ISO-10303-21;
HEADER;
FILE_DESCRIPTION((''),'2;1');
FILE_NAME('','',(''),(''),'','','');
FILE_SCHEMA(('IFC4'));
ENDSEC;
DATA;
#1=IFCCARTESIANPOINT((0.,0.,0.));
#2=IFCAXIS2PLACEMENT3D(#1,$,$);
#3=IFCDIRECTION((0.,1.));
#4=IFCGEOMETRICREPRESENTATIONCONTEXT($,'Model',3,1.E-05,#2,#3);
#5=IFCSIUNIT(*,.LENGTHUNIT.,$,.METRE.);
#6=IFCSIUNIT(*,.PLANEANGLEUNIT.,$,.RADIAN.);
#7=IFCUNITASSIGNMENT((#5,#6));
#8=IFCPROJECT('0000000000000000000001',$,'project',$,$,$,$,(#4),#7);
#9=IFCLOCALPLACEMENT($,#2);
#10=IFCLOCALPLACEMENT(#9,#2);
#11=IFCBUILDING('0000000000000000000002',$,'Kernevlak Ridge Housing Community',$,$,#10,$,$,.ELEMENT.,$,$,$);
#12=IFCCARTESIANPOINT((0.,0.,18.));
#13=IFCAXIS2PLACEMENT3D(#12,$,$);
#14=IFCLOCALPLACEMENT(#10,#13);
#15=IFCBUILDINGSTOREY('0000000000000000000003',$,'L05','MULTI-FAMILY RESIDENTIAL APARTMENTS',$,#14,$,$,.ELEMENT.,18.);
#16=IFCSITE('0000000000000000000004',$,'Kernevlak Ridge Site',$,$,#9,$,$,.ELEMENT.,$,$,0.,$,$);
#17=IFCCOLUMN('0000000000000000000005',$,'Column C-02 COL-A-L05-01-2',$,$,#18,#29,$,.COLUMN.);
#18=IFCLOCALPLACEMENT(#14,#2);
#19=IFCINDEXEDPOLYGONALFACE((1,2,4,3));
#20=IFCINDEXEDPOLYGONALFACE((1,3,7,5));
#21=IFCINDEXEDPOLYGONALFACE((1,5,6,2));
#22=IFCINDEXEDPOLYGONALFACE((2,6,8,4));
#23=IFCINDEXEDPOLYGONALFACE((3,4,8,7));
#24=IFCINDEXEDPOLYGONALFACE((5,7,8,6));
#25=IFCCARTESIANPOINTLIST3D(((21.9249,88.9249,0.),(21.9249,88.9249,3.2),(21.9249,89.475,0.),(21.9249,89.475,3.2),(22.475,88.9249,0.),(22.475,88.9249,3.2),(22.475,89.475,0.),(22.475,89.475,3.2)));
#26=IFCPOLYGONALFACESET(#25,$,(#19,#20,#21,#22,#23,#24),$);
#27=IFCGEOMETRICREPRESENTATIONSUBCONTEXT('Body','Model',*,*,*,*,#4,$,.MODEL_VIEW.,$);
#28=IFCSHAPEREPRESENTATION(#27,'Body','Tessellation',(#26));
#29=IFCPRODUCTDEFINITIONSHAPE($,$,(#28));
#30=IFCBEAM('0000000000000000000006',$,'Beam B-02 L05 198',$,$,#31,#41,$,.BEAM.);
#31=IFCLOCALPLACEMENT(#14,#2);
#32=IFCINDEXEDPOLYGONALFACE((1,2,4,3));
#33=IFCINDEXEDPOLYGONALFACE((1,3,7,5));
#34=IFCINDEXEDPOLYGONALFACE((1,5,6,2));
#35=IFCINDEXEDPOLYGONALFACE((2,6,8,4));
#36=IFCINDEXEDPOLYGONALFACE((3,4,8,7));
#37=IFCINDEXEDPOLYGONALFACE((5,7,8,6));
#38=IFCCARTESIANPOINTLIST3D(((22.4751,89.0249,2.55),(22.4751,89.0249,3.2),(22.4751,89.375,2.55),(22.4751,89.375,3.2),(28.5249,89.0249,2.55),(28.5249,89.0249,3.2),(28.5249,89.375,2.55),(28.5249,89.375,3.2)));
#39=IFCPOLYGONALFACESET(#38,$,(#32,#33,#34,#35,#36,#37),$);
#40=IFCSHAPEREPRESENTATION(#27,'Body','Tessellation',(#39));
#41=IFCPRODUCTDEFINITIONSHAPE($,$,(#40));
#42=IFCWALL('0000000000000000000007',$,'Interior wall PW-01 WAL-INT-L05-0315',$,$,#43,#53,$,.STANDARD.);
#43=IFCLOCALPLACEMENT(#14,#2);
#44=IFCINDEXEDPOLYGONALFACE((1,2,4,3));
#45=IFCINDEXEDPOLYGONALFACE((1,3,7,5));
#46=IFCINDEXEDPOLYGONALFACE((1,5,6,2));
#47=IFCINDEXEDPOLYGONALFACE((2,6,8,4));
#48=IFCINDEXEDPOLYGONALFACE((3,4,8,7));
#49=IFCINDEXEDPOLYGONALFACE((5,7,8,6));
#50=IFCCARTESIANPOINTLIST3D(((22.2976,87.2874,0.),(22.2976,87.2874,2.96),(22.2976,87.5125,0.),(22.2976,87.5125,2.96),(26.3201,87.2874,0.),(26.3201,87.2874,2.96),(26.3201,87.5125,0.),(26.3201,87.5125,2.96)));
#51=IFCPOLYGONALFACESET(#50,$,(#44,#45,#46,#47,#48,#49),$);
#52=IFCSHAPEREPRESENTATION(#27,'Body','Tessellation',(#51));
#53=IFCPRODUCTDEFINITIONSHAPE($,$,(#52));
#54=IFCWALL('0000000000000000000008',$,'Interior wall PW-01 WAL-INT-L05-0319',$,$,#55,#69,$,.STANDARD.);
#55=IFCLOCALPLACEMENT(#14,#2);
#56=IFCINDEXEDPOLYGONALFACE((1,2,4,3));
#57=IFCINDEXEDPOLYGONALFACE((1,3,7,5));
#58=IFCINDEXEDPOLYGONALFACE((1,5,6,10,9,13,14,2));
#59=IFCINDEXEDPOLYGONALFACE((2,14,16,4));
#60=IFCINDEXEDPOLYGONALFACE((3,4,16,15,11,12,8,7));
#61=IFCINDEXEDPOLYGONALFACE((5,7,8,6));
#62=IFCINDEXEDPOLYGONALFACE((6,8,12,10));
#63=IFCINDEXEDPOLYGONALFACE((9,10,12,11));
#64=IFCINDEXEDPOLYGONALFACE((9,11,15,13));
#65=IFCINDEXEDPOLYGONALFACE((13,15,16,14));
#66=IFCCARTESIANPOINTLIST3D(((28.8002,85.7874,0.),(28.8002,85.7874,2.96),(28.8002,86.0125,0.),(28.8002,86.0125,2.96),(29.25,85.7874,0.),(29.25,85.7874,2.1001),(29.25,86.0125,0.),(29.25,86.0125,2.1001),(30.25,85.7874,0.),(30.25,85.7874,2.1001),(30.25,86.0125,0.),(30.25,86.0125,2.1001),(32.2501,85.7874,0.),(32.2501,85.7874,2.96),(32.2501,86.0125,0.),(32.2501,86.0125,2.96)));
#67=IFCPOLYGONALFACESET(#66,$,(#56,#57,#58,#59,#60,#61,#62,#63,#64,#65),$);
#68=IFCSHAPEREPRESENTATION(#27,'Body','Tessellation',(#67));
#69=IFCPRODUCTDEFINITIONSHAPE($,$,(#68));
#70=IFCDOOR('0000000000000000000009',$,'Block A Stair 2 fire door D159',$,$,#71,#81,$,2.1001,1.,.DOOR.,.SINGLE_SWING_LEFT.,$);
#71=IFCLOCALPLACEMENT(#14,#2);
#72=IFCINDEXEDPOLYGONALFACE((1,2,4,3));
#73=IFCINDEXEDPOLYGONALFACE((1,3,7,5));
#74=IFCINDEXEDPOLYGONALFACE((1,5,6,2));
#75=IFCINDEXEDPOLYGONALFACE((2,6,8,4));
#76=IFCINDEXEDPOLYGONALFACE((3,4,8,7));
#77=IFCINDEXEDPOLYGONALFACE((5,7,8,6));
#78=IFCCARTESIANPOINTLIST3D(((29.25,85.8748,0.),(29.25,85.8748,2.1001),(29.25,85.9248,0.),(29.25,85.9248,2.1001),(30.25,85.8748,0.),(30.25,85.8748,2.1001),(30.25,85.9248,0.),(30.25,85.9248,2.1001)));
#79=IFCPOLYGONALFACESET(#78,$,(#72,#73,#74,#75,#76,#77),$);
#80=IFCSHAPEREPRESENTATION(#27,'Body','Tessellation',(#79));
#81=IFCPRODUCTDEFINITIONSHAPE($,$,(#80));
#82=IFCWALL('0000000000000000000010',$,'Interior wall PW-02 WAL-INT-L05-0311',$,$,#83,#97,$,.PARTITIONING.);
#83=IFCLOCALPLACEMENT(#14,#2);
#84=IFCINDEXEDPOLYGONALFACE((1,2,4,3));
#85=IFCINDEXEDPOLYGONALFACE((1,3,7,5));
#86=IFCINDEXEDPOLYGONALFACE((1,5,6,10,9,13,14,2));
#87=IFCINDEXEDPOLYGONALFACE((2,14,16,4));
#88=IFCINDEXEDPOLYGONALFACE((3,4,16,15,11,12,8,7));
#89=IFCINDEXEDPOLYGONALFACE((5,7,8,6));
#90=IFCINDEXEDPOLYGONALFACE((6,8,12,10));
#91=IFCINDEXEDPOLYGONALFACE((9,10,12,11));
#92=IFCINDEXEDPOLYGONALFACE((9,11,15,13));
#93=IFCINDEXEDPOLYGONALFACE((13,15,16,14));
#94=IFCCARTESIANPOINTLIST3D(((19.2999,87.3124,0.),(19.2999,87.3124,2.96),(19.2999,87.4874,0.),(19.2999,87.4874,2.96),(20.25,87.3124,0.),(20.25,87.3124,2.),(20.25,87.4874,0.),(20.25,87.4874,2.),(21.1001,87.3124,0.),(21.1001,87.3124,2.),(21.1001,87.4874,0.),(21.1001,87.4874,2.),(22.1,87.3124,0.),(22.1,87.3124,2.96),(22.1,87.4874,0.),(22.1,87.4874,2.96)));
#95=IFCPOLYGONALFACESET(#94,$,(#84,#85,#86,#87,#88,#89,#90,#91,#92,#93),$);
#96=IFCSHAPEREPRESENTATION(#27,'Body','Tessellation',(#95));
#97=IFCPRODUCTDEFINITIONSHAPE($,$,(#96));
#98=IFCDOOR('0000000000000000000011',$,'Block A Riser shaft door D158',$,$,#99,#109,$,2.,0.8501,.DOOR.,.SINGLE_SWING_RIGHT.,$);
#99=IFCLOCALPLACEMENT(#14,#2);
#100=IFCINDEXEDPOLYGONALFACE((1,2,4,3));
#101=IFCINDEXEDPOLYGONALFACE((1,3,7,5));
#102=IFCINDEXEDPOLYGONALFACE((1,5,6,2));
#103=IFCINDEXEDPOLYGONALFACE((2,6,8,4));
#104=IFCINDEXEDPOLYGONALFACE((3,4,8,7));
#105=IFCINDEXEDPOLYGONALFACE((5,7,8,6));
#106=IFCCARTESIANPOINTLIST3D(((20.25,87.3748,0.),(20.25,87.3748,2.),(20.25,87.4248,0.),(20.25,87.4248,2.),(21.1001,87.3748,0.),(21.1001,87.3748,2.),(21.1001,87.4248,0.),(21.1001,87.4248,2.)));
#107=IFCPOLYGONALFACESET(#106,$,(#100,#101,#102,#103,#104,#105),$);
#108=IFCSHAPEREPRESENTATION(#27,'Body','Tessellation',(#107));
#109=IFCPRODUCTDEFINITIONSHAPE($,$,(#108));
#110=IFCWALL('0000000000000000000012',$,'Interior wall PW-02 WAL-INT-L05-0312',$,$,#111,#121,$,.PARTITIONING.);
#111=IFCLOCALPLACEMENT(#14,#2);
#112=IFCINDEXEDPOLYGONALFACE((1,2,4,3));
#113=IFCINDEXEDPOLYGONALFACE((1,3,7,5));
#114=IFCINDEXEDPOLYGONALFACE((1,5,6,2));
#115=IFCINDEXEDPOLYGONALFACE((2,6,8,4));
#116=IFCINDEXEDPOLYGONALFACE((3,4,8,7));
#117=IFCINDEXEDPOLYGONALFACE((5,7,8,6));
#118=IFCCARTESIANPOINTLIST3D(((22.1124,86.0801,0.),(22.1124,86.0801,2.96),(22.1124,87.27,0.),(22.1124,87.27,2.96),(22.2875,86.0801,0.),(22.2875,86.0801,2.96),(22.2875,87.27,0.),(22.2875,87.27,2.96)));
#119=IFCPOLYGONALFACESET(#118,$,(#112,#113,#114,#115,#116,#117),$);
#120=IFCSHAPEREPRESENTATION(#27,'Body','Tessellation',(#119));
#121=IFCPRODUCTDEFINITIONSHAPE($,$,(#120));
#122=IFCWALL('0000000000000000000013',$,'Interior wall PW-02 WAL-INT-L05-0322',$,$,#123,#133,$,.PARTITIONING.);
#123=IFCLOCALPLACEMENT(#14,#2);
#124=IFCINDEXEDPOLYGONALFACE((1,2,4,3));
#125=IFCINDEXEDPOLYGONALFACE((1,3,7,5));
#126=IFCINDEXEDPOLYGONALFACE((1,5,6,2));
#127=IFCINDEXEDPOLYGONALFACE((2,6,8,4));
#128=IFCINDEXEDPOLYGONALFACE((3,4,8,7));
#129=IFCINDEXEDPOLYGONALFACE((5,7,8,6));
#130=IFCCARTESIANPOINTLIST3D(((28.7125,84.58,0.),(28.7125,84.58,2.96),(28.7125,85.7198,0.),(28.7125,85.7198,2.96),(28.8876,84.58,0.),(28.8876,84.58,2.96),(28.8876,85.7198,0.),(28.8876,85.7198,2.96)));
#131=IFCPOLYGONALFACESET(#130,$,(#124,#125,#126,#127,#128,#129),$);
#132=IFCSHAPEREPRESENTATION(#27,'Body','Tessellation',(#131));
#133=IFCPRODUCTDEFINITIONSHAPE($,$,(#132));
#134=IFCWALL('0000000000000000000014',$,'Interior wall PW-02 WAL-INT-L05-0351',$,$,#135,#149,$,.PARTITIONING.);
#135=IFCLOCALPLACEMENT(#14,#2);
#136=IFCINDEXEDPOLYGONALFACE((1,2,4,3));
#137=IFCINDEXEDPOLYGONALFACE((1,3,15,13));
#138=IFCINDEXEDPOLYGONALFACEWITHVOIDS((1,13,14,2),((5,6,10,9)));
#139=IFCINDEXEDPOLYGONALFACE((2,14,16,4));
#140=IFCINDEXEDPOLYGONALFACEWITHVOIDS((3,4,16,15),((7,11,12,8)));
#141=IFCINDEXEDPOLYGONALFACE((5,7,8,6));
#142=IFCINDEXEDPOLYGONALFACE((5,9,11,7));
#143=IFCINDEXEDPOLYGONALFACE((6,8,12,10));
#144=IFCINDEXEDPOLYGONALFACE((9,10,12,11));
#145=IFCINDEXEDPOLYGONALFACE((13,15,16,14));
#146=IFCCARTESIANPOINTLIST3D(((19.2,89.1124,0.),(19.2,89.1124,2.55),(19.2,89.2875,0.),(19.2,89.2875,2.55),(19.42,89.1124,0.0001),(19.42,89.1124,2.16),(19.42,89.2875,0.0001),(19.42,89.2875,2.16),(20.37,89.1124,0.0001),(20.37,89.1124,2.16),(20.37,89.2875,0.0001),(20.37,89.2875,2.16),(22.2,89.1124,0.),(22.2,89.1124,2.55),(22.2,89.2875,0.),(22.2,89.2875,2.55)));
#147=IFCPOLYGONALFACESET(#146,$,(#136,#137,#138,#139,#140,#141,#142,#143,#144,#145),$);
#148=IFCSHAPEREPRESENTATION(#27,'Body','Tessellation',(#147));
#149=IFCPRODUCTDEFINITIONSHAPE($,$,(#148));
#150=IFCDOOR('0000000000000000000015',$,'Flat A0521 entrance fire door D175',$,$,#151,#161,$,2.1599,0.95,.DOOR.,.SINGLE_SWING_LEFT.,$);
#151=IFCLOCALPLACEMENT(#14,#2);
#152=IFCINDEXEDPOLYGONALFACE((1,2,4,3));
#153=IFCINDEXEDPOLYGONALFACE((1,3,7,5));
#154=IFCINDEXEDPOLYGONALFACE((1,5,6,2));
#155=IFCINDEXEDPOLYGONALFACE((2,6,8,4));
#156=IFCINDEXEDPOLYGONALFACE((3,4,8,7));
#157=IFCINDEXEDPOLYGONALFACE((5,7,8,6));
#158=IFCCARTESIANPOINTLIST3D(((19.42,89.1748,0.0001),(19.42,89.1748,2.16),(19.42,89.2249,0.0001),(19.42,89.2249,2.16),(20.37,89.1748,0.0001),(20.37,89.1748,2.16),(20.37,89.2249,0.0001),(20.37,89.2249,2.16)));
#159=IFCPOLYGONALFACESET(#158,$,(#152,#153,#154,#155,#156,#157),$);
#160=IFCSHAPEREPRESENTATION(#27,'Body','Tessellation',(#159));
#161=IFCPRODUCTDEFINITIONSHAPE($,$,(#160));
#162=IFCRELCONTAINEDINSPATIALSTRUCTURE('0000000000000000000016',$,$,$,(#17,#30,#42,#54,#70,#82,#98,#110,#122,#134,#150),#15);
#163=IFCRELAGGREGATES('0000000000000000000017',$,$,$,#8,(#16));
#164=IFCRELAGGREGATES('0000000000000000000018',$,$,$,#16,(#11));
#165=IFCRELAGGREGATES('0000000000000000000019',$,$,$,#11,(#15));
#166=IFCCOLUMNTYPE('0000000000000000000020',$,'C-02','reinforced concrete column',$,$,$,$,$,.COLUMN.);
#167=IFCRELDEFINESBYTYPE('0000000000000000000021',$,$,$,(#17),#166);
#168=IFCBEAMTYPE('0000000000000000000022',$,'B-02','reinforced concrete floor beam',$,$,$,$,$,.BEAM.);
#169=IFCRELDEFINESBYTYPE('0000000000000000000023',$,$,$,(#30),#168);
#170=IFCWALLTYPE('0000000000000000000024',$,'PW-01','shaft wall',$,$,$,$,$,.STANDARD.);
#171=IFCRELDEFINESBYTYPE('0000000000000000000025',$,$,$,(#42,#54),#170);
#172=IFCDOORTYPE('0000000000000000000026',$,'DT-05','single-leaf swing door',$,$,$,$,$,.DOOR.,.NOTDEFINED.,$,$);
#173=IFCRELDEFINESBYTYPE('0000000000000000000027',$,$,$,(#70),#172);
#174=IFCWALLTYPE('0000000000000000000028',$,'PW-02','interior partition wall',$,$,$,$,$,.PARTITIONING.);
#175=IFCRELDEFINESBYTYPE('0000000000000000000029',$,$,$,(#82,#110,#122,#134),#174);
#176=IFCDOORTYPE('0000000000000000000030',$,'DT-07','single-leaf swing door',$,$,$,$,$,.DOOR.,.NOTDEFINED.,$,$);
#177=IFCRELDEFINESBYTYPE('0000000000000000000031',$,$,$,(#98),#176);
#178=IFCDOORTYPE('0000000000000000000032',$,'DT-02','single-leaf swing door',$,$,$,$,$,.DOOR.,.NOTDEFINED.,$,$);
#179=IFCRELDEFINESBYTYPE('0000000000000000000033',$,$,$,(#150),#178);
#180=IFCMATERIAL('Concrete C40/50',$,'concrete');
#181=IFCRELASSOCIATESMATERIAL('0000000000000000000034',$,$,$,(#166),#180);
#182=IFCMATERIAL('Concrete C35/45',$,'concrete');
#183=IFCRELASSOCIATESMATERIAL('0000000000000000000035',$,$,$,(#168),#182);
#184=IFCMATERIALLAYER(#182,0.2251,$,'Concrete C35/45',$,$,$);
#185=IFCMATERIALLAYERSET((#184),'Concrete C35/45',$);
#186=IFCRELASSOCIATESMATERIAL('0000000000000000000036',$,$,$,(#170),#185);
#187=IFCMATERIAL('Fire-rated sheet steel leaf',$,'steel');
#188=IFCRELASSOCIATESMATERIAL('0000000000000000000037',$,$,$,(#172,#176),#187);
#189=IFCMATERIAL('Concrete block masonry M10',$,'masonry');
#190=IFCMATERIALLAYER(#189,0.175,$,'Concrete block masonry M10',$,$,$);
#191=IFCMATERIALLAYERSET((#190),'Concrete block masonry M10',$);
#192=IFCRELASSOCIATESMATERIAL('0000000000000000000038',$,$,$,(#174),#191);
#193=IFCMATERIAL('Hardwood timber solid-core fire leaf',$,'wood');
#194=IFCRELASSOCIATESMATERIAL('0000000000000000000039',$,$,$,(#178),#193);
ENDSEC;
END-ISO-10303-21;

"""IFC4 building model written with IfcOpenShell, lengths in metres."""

from ifc_helpers import new_model, si_unit, direction, frame, frame_2d, origin, origin_2d, place, context, subcontext, project, spatial, rectangle, extrude, material, layer, layer_set, material_profile, profile_set, type_object, element, fill, save


model = new_model("IFC4")

# Units and contexts
model_context = context("Model", 3, precision=1e-05, world=origin(), true_north=direction((0.0, 1.0)))
body_context = subcontext(model_context, "Body", "Model", "MODEL_VIEW")
ifc_project = project(units=[si_unit("LENGTHUNIT", "METRE"), si_unit("PLANEANGLEUNIT", "RADIAN")], contexts=[model_context])

# Site, building, storey
site_placement = place(None, origin())
site = spatial("IfcSite", under=ifc_project, at=site_placement, Name="Kernevlak Ridge Site", CompositionType="ELEMENT", RefElevation=0.0)
building_placement = place(site_placement, origin())
building = spatial("IfcBuilding", under=site, at=building_placement, Name="Kernevlak Ridge Housing Community", CompositionType="ELEMENT")
storey_placement = place(building_placement, frame((0.0, 0.0, 18.0)))
storey = spatial("IfcBuildingStorey", under=building, at=storey_placement, Name="L05", Description="MULTI-FAMILY RESIDENTIAL APARTMENTS", CompositionType="ELEMENT", Elevation=18.0)

# Column
ifc_material_1 = material(Name="Concrete C40/50", Category="concrete")
ifc_material_profile_1 = material_profile(ifc_material_1, rectangle(XDim=0.55, YDim=0.55, at=origin_2d()), Name="RC 550x550")
ifc_profile_set_1 = profile_set([ifc_material_profile_1], Name="Concrete C40/50")
column_type = type_object("IfcColumnType", Name="C-02", Description="reinforced concrete column", PredefinedType="COLUMN", material=ifc_profile_set_1)
column_placement = place(storey_placement, frame((22.2, 89.2, 0.0), z_axis=(0.0, 0.0, 1.0), x_axis=(1.0, 0.0, 0.0)))
element("IfcColumn", 1, at=column_placement, inside=storey, type_object=column_type, Name="Column C-02 COL-A-L05-01-2", PredefinedType="COLUMN", context=body_context, shape_type="SweptSolid", body=[
    extrude(rectangle(XDim=0.55, YDim=0.55, at=origin_2d()), origin(), (0.0, 0.0, 1.0), 3.2),
])

# Beam
ifc_material_2 = material(Name="Concrete C35/45", Category="concrete")
ifc_material_profile_2 = material_profile(ifc_material_2, rectangle(XDim=0.3501, YDim=0.6499, at=origin_2d()), Name="RC 350x650")
ifc_profile_set_2 = profile_set([ifc_material_profile_2], Name="Concrete C35/45")
beam_type = type_object("IfcBeamType", Name="B-02", Description="reinforced concrete floor beam", PredefinedType="BEAM", material=ifc_profile_set_2)
beam_placement = place(storey_placement, frame((22.4751, 89.2, 2.875), z_axis=(1.0, 0.0, 0.0), x_axis=(0.0, 1.0, 0.0)))
element("IfcBeam", 2, at=beam_placement, inside=storey, type_object=beam_type, Name="Beam B-02 L05 198", PredefinedType="BEAM", context=body_context, shape_type="SweptSolid", body=[
    extrude(rectangle(XDim=0.3501, YDim=0.6499, at=origin_2d()), origin(), (0.0, 0.0, 1.0), 6.0498),
])

# Wall
ifc_layer_1 = layer(ifc_material_2, 0.2251, Name="Concrete C35/45")
ifc_layer_set_1 = layer_set([ifc_layer_1], Name="Concrete C35/45")
wall_type_1 = type_object("IfcWallType", Name="PW-01", Description="shaft wall", PredefinedType="STANDARD", material=ifc_layer_set_1)
wall_1_placement = place(storey_placement, frame((22.2976, 87.3999, 0.0), z_axis=(0.0, 0.0, 1.0), x_axis=(1.0, 0.0, 0.0)))
element("IfcWall", 3, at=wall_1_placement, inside=storey, type_object=wall_type_1, Name="Interior wall PW-01 WAL-INT-L05-0315", PredefinedType="STANDARD", context=body_context, shape_type="SweptSolid", body=[
    extrude(rectangle(XDim=4.0225, YDim=0.2251, at=frame_2d((2.0112, 0.0))), origin(), (0.0, 0.0, 1.0), 2.96),
])

# Walls, openings, doors
wall_2_placement = place(storey_placement, frame((28.8, 85.8999, 0.0), z_axis=(0.0, 0.0, 1.0), x_axis=(1.0, 0.0, 0.0)))
wall_2 = element("IfcWall", 4, at=wall_2_placement, inside=storey, type_object=wall_type_1, Name="Interior wall PW-01 WAL-INT-L05-0319", PredefinedType="STANDARD", context=body_context, shape_type="SweptSolid", body=[
    extrude(rectangle(XDim=3.45, YDim=0.2251, at=frame_2d((1.7251, 0.0))), origin(), (0.0, 0.0, 1.0), 2.96),
])
opening_1_placement = place(wall_2_placement, frame((0.45, 0.0, 0.0)))
opening_1 = element("IfcOpeningElement", 5, at=opening_1_placement, cuts=wall_2, PredefinedType="OPENING", context=body_context, shape_type="SweptSolid", body=[
    extrude(rectangle(XDim=1.0, YDim=2.1001, at=frame_2d((0.5, 1.05))), frame((0.0, 0.1226, 0.0), z_axis=(0.0, -1.0, 0.0), x_axis=(1.0, 0.0, 0.0)), (0.0, 0.0, 1.0), 0.2451),
])
ifc_material_3 = material(Name="Fire-rated sheet steel leaf", Category="steel")
door_type_1 = type_object("IfcDoorType", Name="DT-05", Description="single-leaf swing door", OperationType="NOTDEFINED", PredefinedType="DOOR", material=ifc_material_3)
door_1_placement = place(opening_1_placement, origin())
door_1 = element("IfcDoor", 6, at=door_1_placement, inside=storey, type_object=door_type_1, Name="Block A Stair 2 fire door D159", OperationType="SINGLE_SWING_LEFT", OverallHeight=2.1001, OverallWidth=1.0, PredefinedType="DOOR", context=body_context, shape_type="SweptSolid", body=[
    extrude(rectangle(XDim=1.0, YDim=2.1001, at=frame_2d((0.5, 1.05))), frame((0.0, 0.0249, 0.0), z_axis=(0.0, -1.0, 0.0), x_axis=(1.0, 0.0, 0.0)), (0.0, 0.0, 1.0), 0.05),
])
fill(opening_1, door_1)
ifc_material_4 = material(Name="Concrete block masonry M10", Category="masonry")
ifc_layer_2 = layer(ifc_material_4, 0.175, Name="Concrete block masonry M10")
ifc_layer_set_2 = layer_set([ifc_layer_2], Name="Concrete block masonry M10")
wall_type_2 = type_object("IfcWallType", Name="PW-02", Description="interior partition wall", PredefinedType="PARTITIONING", material=ifc_layer_set_2)
wall_3_placement = place(storey_placement, frame((19.3, 87.3999, 0.0), z_axis=(0.0, 0.0, 1.0), x_axis=(1.0, 0.0, 0.0)))
wall_3 = element("IfcWall", 7, at=wall_3_placement, inside=storey, type_object=wall_type_2, Name="Interior wall PW-02 WAL-INT-L05-0311", PredefinedType="PARTITIONING", context=body_context, shape_type="SweptSolid", body=[
    extrude(rectangle(XDim=2.8, YDim=0.175, at=frame_2d((1.3999, 0.0))), origin(), (0.0, 0.0, 1.0), 2.96),
])
opening_2_placement = place(wall_3_placement, frame((0.95, 0.0, 0.0)))
opening_2 = element("IfcOpeningElement", 8, at=opening_2_placement, cuts=wall_3, PredefinedType="OPENING", context=body_context, shape_type="SweptSolid", body=[
    extrude(rectangle(XDim=0.8501, YDim=2.0, at=frame_2d((0.425, 1.0))), frame((0.0, 0.0974, 0.0), z_axis=(0.0, -1.0, 0.0), x_axis=(1.0, 0.0, 0.0)), (0.0, 0.0, 1.0), 0.1951),
])
door_type_2 = type_object("IfcDoorType", Name="DT-07", Description="single-leaf swing door", OperationType="NOTDEFINED", PredefinedType="DOOR", material=ifc_material_3)
door_2_placement = place(opening_2_placement, origin())
door_2 = element("IfcDoor", 9, at=door_2_placement, inside=storey, type_object=door_type_2, Name="Block A Riser shaft door D158", OperationType="SINGLE_SWING_RIGHT", OverallHeight=2.0, OverallWidth=0.8501, PredefinedType="DOOR", context=body_context, shape_type="SweptSolid", body=[
    extrude(rectangle(XDim=0.8501, YDim=2.0, at=frame_2d((0.425, 1.0))), frame((0.0, 0.0249, 0.0), z_axis=(0.0, -1.0, 0.0), x_axis=(1.0, 0.0, 0.0)), (0.0, 0.0, 1.0), 0.05),
])
fill(opening_2, door_2)

# Walls
wall_4_placement = place(storey_placement, frame((22.2, 86.0801, 0.0), z_axis=(0.0, 0.0, 1.0), x_axis=(0.0, 1.0, 0.0)))
element("IfcWall", 10, at=wall_4_placement, inside=storey, type_object=wall_type_2, Name="Interior wall PW-02 WAL-INT-L05-0312", PredefinedType="PARTITIONING", context=body_context, shape_type="SweptSolid", body=[
    extrude(rectangle(XDim=1.1899, YDim=0.175, at=frame_2d((0.595, 0.0))), origin(), (0.0, 0.0, 1.0), 2.96),
])
wall_5_placement = place(storey_placement, frame((28.8, 84.5801, 0.0), z_axis=(0.0, 0.0, 1.0), x_axis=(0.0, 1.0, 0.0)))
element("IfcWall", 11, at=wall_5_placement, inside=storey, type_object=wall_type_2, Name="Interior wall PW-02 WAL-INT-L05-0322", PredefinedType="PARTITIONING", context=body_context, shape_type="SweptSolid", body=[
    extrude(rectangle(XDim=1.1399, YDim=0.175, at=frame_2d((0.5698, 0.0))), origin(), (0.0, 0.0, 1.0), 2.96),
])

# Wall, opening, door
wall_6_placement = place(storey_placement, frame((19.2, 89.2, 0.0), z_axis=(0.0, 0.0, 1.0), x_axis=(1.0, 0.0, 0.0)))
wall_6 = element("IfcWall", 12, at=wall_6_placement, inside=storey, type_object=wall_type_2, Name="Interior wall PW-02 WAL-INT-L05-0351", PredefinedType="PARTITIONING", context=body_context, shape_type="SweptSolid", body=[
    extrude(rectangle(XDim=3.0, YDim=0.175, at=frame_2d((1.5, 0.0))), origin(), (0.0, 0.0, 1.0), 2.55),
])
opening_3_placement = place(wall_6_placement, frame((0.22, 0.0, 0.0)))
opening_3 = element("IfcOpeningElement", 13, at=opening_3_placement, cuts=wall_6, PredefinedType="OPENING", context=body_context, shape_type="SweptSolid", body=[
    extrude(rectangle(XDim=0.95, YDim=2.1599, at=frame_2d((0.4751, 1.0801))), frame((0.0, 0.0974, 0.0), z_axis=(0.0, -1.0, 0.0), x_axis=(1.0, 0.0, 0.0)), (0.0, 0.0, 1.0), 0.1951),
])
ifc_material_5 = material(Name="Hardwood timber solid-core fire leaf", Category="wood")
door_type_3 = type_object("IfcDoorType", Name="DT-02", Description="single-leaf swing door", OperationType="NOTDEFINED", PredefinedType="DOOR", material=ifc_material_5)
door_3_placement = place(opening_3_placement, origin())
door_3 = element("IfcDoor", 14, at=door_3_placement, inside=storey, type_object=door_type_3, Name="Flat A0521 entrance fire door D175", OperationType="SINGLE_SWING_LEFT", OverallHeight=2.1599, OverallWidth=0.95, PredefinedType="DOOR", context=body_context, shape_type="SweptSolid", body=[
    extrude(rectangle(XDim=0.95, YDim=2.1599, at=frame_2d((0.4751, 1.0801))), frame((0.0, 0.0249, 0.0), z_axis=(0.0, -1.0, 0.0), x_axis=(1.0, 0.0, 0.0)), (0.0, 0.0, 1.0), 0.05),
])
fill(opening_3, door_3)

save(model, "model.ifc")
